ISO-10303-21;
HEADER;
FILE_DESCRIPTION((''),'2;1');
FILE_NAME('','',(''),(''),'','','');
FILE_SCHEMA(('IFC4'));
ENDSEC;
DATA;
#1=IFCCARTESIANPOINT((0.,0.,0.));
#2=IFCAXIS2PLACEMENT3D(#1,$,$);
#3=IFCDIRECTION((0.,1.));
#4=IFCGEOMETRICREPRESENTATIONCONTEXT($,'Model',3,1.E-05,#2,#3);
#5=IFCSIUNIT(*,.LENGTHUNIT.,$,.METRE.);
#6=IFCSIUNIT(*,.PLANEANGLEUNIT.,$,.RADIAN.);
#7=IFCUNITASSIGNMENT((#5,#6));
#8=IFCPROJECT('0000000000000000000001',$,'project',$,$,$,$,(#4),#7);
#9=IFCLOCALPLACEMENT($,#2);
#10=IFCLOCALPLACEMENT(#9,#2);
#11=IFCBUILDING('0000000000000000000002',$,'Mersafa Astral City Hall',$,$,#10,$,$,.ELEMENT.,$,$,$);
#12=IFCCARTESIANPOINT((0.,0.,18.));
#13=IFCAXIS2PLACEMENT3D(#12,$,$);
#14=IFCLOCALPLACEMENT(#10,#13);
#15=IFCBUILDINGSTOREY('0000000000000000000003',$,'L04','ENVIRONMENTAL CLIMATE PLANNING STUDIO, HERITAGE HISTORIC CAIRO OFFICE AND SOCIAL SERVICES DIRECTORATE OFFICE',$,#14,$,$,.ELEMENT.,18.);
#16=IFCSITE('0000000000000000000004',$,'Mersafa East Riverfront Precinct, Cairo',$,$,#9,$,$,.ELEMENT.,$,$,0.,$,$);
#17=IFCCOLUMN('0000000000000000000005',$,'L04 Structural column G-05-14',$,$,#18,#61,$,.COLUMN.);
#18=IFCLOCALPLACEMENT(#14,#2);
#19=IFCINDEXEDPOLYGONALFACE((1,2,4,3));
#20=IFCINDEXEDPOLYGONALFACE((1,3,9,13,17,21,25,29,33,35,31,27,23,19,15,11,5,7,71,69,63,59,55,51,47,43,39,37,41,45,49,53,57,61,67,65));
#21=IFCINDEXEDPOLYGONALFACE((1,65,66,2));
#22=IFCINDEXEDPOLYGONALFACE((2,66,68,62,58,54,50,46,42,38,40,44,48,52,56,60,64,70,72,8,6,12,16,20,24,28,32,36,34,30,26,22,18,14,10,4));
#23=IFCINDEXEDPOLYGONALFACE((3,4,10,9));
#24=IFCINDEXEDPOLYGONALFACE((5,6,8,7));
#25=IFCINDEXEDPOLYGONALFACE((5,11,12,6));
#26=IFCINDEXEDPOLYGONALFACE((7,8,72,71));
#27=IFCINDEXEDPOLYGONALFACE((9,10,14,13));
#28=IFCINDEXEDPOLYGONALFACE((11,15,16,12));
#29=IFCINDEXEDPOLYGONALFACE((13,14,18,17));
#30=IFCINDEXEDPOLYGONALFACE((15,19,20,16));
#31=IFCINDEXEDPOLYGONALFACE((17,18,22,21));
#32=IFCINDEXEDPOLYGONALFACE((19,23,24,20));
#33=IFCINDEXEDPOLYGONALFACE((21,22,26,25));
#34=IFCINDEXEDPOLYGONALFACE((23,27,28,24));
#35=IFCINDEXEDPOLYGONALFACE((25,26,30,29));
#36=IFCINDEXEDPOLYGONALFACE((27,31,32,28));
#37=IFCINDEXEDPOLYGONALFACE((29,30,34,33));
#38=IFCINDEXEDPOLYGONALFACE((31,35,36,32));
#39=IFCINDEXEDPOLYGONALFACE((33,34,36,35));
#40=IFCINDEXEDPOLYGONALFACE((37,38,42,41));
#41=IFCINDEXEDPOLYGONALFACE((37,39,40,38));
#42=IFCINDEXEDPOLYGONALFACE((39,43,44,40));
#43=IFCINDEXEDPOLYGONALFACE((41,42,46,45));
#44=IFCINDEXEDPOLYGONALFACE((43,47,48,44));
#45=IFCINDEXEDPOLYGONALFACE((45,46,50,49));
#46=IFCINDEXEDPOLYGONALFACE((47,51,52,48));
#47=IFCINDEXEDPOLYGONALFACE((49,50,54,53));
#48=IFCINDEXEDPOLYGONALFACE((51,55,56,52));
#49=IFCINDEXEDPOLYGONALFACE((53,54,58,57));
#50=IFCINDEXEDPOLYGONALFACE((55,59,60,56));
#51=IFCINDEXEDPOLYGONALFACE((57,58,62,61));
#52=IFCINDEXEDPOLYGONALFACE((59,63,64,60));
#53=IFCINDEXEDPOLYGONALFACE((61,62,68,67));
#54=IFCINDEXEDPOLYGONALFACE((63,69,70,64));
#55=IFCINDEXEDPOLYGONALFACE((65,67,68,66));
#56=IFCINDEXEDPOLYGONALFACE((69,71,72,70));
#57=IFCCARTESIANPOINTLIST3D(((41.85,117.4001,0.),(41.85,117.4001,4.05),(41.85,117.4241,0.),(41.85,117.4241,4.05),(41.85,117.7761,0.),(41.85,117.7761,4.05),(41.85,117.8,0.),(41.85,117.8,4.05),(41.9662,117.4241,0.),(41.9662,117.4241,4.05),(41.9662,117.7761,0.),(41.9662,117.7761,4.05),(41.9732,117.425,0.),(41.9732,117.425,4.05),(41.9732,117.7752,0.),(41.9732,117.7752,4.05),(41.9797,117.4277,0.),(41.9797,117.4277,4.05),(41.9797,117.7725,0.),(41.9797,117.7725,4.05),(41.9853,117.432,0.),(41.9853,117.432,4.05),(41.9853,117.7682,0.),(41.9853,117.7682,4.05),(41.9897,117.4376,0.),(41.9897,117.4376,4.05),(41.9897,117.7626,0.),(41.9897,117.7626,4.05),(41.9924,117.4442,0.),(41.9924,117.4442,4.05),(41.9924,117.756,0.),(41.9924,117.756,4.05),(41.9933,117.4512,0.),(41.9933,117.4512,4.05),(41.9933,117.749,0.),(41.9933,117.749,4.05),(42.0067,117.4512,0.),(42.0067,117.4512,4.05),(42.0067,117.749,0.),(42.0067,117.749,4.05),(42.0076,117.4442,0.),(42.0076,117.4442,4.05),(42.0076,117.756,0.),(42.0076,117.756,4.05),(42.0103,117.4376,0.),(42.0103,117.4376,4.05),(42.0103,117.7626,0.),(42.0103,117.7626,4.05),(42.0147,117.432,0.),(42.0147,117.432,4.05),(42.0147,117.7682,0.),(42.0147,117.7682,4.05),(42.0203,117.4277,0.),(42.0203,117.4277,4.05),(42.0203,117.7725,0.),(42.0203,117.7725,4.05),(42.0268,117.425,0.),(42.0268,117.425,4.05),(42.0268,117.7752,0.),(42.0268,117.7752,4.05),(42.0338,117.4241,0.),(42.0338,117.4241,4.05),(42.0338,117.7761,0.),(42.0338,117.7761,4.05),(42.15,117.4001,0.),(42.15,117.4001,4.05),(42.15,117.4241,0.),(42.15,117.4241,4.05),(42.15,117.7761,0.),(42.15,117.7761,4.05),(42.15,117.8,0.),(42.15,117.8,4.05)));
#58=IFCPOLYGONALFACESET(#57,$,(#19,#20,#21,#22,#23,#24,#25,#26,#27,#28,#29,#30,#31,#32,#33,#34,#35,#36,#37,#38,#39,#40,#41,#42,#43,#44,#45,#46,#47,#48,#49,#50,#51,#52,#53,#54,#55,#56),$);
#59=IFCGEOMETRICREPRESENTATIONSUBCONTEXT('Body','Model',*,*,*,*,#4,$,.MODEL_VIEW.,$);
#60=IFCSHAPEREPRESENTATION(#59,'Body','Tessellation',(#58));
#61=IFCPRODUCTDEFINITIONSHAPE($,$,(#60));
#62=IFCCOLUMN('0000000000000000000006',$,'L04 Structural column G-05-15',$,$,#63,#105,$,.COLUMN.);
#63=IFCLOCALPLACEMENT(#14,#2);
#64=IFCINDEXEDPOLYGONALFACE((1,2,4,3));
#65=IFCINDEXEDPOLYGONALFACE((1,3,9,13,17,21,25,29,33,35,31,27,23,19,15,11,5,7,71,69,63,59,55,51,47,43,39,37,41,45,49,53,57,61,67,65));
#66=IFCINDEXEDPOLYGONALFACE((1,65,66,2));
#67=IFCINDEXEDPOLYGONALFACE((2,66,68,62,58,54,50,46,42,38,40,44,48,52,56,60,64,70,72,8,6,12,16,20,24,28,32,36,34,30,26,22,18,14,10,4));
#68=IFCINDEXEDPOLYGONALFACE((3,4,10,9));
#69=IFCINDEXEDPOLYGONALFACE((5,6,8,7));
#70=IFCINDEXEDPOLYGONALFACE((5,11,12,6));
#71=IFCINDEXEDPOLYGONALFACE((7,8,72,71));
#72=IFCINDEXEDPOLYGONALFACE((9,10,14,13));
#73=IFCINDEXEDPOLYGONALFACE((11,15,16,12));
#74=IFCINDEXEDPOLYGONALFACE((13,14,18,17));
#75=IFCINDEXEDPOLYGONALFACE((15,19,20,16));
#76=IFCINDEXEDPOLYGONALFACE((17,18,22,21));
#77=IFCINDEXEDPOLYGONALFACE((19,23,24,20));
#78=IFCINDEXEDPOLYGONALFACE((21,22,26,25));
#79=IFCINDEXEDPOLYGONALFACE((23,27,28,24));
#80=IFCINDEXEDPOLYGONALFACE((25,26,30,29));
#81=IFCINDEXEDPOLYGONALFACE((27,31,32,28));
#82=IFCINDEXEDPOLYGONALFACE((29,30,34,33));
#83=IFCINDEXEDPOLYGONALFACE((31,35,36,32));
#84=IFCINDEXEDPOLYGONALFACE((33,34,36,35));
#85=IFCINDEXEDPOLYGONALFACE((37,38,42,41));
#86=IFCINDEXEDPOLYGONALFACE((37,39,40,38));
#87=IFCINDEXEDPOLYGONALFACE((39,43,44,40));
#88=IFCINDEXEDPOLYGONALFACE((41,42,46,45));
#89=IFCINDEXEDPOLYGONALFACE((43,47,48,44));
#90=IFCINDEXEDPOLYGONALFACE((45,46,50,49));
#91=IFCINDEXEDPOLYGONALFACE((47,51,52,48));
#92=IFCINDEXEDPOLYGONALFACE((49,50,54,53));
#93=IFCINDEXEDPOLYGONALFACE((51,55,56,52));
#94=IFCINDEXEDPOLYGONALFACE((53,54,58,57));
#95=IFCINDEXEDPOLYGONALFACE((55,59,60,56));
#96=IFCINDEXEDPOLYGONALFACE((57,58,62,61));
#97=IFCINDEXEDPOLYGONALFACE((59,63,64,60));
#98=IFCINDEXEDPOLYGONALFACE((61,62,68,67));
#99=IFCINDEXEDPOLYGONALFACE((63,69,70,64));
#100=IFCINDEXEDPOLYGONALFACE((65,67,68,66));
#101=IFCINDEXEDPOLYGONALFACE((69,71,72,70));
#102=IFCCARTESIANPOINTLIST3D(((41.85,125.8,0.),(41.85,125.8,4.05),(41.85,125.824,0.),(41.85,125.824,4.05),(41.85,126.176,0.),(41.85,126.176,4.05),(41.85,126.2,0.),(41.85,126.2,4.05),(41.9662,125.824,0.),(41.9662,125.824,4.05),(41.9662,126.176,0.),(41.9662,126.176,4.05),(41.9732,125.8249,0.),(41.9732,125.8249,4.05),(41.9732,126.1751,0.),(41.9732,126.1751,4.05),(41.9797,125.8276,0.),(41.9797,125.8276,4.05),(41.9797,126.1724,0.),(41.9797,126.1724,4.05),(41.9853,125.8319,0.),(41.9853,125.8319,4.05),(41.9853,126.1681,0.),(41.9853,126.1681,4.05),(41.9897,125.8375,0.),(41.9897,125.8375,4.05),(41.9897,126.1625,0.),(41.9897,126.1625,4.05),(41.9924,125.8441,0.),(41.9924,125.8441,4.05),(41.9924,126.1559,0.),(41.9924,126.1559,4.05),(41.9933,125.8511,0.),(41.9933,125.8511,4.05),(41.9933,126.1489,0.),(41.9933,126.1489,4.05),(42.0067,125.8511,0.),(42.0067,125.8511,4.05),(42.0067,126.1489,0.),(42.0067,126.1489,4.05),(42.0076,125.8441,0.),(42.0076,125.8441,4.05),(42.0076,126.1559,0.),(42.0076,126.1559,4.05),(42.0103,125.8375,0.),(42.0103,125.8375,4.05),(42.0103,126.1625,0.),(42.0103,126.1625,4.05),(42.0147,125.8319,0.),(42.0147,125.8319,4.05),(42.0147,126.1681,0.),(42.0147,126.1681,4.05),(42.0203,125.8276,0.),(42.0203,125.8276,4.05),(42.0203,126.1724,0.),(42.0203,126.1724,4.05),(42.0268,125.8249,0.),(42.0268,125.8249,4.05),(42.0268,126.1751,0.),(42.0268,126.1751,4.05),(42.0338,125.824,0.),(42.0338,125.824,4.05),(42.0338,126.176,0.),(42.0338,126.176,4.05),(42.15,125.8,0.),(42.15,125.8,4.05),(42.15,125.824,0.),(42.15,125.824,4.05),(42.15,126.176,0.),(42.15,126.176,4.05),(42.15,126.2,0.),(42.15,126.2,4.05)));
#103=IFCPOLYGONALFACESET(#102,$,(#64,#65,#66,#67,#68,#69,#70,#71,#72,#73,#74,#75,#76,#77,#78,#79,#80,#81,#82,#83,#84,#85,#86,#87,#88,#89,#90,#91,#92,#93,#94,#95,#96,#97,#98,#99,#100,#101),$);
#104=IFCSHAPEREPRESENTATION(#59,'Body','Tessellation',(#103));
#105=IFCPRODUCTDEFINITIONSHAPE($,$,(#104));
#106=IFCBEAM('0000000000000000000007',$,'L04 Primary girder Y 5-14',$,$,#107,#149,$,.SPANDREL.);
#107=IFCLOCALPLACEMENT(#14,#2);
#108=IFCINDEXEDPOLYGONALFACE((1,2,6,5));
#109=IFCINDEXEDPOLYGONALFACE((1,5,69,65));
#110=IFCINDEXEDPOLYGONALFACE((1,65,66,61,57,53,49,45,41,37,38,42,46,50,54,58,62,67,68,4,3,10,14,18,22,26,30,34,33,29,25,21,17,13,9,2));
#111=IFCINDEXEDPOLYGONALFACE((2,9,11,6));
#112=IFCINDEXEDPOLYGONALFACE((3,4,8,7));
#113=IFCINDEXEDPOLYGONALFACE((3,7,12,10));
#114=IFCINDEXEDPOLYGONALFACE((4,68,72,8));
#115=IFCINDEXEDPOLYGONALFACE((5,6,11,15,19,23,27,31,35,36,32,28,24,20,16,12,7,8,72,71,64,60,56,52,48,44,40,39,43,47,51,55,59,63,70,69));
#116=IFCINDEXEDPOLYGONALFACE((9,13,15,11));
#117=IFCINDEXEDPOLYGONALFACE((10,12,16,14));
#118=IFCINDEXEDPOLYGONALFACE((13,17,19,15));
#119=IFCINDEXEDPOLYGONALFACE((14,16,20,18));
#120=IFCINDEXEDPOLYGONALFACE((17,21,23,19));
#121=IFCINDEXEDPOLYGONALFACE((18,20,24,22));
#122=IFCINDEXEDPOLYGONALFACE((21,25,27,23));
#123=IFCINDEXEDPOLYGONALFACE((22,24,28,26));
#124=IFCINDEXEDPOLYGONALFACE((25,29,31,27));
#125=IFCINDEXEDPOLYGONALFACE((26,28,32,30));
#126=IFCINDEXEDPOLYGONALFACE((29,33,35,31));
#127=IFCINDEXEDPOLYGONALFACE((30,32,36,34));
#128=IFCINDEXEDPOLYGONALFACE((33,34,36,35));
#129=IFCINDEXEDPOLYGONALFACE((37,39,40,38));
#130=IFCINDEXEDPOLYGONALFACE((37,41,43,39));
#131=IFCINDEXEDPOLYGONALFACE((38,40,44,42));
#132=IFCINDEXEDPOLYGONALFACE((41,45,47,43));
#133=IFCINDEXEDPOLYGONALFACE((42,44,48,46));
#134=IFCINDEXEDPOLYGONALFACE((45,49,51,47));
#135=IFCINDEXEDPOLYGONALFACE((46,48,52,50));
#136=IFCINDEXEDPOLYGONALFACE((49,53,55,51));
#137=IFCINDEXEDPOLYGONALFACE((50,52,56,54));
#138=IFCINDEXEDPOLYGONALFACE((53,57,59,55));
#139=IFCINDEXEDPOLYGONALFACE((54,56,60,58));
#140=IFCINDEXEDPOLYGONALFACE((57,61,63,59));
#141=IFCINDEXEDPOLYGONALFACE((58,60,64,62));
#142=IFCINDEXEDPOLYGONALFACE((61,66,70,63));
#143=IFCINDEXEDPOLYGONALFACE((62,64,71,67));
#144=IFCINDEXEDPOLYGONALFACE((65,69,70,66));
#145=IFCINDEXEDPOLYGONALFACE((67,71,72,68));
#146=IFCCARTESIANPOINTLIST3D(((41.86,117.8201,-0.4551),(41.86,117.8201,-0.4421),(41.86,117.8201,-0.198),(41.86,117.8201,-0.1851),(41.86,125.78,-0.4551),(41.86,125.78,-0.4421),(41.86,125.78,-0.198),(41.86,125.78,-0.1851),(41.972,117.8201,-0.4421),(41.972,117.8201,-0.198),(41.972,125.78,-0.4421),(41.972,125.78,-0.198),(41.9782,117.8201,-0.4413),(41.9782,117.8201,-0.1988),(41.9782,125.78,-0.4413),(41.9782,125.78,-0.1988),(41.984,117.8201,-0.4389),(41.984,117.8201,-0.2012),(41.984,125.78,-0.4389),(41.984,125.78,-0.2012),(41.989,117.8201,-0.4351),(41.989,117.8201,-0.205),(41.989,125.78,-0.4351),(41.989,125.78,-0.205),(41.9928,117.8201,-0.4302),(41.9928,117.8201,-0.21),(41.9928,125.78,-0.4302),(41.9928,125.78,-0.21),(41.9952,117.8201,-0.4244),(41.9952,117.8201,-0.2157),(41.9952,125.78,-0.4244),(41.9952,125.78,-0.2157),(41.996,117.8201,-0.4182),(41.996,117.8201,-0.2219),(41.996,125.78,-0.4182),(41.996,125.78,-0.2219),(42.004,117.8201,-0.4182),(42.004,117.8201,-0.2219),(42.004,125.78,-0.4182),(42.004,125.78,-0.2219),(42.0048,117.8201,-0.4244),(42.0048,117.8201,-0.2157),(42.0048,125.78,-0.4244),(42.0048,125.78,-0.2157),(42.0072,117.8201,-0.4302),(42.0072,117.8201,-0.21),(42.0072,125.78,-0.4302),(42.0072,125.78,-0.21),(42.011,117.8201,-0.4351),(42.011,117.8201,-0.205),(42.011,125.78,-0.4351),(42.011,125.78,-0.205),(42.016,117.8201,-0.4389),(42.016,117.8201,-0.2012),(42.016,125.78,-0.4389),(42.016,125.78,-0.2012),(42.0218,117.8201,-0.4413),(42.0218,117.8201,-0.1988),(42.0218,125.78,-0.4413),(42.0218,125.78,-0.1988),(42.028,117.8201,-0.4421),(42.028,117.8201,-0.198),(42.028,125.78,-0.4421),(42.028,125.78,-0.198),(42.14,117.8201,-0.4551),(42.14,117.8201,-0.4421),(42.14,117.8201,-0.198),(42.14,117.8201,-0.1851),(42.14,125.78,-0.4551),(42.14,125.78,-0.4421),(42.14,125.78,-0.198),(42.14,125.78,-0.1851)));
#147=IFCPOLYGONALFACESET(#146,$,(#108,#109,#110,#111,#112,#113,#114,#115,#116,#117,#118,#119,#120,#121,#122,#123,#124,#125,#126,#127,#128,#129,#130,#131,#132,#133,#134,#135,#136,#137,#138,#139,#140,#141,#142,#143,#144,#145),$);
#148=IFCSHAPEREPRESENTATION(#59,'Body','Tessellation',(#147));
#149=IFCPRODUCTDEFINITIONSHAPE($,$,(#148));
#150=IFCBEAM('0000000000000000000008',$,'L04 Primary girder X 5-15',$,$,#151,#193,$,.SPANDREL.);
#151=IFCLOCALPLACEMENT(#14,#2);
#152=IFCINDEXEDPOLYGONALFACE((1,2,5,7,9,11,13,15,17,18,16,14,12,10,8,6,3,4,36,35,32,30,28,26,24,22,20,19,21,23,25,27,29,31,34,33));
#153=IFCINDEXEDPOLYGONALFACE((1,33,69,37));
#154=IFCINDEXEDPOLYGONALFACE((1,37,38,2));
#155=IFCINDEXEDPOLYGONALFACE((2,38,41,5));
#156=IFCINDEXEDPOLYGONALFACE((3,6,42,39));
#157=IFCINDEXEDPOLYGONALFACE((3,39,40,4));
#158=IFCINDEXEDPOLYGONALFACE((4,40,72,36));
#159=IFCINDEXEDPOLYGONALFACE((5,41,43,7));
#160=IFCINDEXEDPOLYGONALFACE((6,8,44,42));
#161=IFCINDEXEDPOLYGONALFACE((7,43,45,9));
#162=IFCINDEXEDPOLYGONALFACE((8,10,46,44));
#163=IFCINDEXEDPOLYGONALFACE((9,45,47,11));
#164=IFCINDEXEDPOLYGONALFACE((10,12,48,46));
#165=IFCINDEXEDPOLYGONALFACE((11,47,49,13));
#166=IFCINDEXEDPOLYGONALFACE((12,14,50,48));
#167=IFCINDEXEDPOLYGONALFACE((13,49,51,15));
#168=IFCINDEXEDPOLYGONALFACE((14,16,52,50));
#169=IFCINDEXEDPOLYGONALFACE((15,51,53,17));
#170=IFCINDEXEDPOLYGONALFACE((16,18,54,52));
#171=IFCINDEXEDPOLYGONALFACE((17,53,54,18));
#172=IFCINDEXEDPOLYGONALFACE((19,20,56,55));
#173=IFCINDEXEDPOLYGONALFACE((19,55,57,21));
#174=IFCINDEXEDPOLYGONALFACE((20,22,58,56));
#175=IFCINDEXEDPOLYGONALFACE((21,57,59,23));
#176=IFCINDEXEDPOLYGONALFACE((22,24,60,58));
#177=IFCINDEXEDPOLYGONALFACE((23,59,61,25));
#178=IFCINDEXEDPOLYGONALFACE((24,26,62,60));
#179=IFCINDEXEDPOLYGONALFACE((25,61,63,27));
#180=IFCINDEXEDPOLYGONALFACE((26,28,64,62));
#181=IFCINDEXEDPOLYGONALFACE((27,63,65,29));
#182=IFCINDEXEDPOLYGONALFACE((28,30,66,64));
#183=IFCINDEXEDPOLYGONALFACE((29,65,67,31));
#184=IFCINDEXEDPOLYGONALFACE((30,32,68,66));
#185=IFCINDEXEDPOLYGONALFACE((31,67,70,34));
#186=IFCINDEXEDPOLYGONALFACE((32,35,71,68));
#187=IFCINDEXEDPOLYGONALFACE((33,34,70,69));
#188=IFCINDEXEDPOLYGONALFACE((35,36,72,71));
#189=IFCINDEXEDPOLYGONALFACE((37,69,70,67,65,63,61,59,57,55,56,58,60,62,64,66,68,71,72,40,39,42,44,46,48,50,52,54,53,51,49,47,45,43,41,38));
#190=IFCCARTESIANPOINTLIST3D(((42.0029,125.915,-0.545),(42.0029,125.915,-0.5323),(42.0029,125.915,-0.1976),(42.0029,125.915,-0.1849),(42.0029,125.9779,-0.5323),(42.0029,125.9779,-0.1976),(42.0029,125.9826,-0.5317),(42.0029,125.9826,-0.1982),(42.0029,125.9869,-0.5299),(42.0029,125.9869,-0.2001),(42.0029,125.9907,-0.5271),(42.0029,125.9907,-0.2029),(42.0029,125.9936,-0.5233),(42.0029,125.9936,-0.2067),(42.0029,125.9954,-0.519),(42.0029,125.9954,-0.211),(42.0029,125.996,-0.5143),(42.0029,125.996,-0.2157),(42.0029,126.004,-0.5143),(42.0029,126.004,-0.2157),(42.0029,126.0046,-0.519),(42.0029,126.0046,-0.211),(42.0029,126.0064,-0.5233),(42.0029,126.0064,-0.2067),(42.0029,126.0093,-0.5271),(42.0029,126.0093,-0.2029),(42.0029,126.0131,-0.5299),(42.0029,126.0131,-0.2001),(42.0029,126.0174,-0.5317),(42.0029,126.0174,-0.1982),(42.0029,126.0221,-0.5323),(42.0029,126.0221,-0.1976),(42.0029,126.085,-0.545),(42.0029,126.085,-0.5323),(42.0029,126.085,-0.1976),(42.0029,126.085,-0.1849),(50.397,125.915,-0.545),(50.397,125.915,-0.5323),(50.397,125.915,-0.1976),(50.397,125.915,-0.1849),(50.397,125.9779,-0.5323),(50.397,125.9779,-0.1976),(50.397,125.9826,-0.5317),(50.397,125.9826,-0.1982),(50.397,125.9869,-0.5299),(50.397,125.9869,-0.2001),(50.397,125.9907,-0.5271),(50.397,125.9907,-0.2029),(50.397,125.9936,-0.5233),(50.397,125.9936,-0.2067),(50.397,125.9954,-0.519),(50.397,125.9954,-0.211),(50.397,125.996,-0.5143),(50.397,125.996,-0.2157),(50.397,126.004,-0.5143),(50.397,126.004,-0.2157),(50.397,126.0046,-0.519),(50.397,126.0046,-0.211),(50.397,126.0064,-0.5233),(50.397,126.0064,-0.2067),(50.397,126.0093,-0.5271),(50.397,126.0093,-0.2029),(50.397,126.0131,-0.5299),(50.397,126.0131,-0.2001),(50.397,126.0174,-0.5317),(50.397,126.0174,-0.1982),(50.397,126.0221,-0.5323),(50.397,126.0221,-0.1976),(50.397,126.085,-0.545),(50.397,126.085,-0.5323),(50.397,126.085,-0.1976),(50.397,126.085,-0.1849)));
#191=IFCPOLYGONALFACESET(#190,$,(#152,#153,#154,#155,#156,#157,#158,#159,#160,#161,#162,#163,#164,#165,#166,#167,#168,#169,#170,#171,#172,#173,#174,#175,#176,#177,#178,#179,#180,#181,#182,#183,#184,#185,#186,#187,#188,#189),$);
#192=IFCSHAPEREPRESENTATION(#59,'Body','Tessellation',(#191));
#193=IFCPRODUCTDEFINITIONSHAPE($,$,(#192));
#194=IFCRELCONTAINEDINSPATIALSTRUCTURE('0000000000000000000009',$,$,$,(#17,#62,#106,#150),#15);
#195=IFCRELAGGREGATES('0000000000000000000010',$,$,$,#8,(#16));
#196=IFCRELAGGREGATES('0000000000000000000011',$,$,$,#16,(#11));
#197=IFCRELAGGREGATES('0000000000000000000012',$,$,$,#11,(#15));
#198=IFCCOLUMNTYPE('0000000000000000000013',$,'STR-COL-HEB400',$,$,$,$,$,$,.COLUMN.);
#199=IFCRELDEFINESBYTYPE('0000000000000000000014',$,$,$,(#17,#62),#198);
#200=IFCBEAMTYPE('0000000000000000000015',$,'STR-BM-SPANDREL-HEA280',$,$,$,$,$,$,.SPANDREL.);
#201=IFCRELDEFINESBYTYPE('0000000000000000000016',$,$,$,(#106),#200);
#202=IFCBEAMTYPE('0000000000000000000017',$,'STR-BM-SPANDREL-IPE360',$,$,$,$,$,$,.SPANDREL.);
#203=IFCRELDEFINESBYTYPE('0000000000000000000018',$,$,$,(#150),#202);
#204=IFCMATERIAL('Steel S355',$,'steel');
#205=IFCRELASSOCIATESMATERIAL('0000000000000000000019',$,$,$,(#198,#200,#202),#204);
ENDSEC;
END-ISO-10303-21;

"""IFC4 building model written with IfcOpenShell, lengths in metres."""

from ifc_helpers import new_model, si_unit, direction, frame, origin, origin_2d, place, context, subcontext, project, spatial, i_section, extrude, material, material_profile, profile_set, type_object, element, save


model = new_model("IFC4")

# Units and contexts
model_context = context("Model", 3, precision=1e-05, world=origin(), true_north=direction((0.0, 1.0)))
body_context = subcontext(model_context, "Body", "Model", "MODEL_VIEW")
ifc_project = project(units=[si_unit("LENGTHUNIT", "METRE"), si_unit("PLANEANGLEUNIT", "RADIAN")], contexts=[model_context])

# Site, building, storey
site_placement = place(None, origin())
site = spatial("IfcSite", under=ifc_project, at=site_placement, Name="Mersafa East Riverfront Precinct, Cairo", CompositionType="ELEMENT", RefElevation=0.0)
building_placement = place(site_placement, origin())
building = spatial("IfcBuilding", under=site, at=building_placement, Name="Mersafa Astral City Hall", CompositionType="ELEMENT")
storey_placement = place(building_placement, frame((0.0, 0.0, 18.0)))
storey = spatial("IfcBuildingStorey", under=building, at=storey_placement, Name="L04", Description="ENVIRONMENTAL CLIMATE PLANNING STUDIO, HERITAGE HISTORIC CAIRO OFFICE AND SOCIAL SERVICES DIRECTORATE OFFICE", CompositionType="ELEMENT", Elevation=18.0)

# Columns
ifc_material_1 = material(Name="Steel S355", Category="steel")
ifc_material_profile_1 = material_profile(ifc_material_1, i_section(OverallWidth=0.3, OverallDepth=0.3999, WebThickness=0.0134, FlangeThickness=0.0239, FilletRadius=0.0271, at=origin_2d()), Name="HEB 400")
ifc_profile_set_1 = profile_set([ifc_material_profile_1], Name="Steel S355")
column_type = type_object("IfcColumnType", Name="STR-COL-HEB400", PredefinedType="COLUMN", material=ifc_profile_set_1)
for number, where, z_axis, x_axis, name in (
    (1, (42.0, 117.6001, 0.0), (0.0, 0.0, 1.0), (1.0, 0.0, 0.0), "L04 Structural column G-05-14"),
    (2, (42.0, 126.0, 0.0), (0.0, 0.0, 1.0), (1.0, 0.0, 0.0), "L04 Structural column G-05-15"),
):
    element("IfcColumn", number, at=place(storey_placement, frame(where, z_axis=z_axis, x_axis=x_axis)), inside=storey, type_object=column_type, Name=name, PredefinedType="COLUMN", context=body_context, shape_type="SweptSolid", body=[
        extrude(i_section(OverallWidth=0.3, OverallDepth=0.3999, WebThickness=0.0134, FlangeThickness=0.0239, FilletRadius=0.0271, at=origin_2d()), origin(), (0.0, 0.0, 1.0), 4.05),
    ])

# Beams
ifc_material_profile_2 = material_profile(ifc_material_1, i_section(OverallWidth=0.28, OverallDepth=0.27, WebThickness=0.0081, FlangeThickness=0.0129, FilletRadius=0.0239, at=origin_2d()), Name="HEA 280")
ifc_profile_set_2 = profile_set([ifc_material_profile_2], Name="Steel S355")
beam_type_1 = type_object("IfcBeamType", Name="STR-BM-SPANDREL-HEA280", PredefinedType="SPANDREL", material=ifc_profile_set_2)
beam_1_placement = place(storey_placement, frame((42.0, 117.8201, -0.3201), z_axis=(0.0, 1.0, 0.0), x_axis=(-1.0, 0.0, 0.0)))
element("IfcBeam", 3, at=beam_1_placement, inside=storey, type_object=beam_type_1, Name="L04 Primary girder Y 5-14", PredefinedType="SPANDREL", context=body_context, shape_type="SweptSolid", body=[
    extrude(i_section(OverallWidth=0.28, OverallDepth=0.27, WebThickness=0.0081, FlangeThickness=0.0129, FilletRadius=0.0239, at=origin_2d()), origin(), (0.0, 0.0, 1.0), 7.96),
])
ifc_material_profile_3 = material_profile(ifc_material_1, i_section(OverallWidth=0.1699, OverallDepth=0.3601, WebThickness=0.0081, FlangeThickness=0.0127, FilletRadius=0.0181, at=origin_2d()), Name="IPE 360")
ifc_profile_set_3 = profile_set([ifc_material_profile_3], Name="Steel S355")
beam_type_2 = type_object("IfcBeamType", Name="STR-BM-SPANDREL-IPE360", PredefinedType="SPANDREL", material=ifc_profile_set_3)
beam_2_placement = place(storey_placement, frame((42.0029, 126.0, -0.365), z_axis=(1.0, 0.0, 0.0), x_axis=(0.0, 1.0, 0.0)))
element("IfcBeam", 4, at=beam_2_placement, inside=storey, type_object=beam_type_2, Name="L04 Primary girder X 5-15", PredefinedType="SPANDREL", context=body_context, shape_type="SweptSolid", body=[
    extrude(i_section(OverallWidth=0.1699, OverallDepth=0.3601, WebThickness=0.0081, FlangeThickness=0.0127, FilletRadius=0.0181, at=origin_2d()), origin(), (0.0, 0.0, 1.0), 8.394),
])

save(model, "model.ifc")
